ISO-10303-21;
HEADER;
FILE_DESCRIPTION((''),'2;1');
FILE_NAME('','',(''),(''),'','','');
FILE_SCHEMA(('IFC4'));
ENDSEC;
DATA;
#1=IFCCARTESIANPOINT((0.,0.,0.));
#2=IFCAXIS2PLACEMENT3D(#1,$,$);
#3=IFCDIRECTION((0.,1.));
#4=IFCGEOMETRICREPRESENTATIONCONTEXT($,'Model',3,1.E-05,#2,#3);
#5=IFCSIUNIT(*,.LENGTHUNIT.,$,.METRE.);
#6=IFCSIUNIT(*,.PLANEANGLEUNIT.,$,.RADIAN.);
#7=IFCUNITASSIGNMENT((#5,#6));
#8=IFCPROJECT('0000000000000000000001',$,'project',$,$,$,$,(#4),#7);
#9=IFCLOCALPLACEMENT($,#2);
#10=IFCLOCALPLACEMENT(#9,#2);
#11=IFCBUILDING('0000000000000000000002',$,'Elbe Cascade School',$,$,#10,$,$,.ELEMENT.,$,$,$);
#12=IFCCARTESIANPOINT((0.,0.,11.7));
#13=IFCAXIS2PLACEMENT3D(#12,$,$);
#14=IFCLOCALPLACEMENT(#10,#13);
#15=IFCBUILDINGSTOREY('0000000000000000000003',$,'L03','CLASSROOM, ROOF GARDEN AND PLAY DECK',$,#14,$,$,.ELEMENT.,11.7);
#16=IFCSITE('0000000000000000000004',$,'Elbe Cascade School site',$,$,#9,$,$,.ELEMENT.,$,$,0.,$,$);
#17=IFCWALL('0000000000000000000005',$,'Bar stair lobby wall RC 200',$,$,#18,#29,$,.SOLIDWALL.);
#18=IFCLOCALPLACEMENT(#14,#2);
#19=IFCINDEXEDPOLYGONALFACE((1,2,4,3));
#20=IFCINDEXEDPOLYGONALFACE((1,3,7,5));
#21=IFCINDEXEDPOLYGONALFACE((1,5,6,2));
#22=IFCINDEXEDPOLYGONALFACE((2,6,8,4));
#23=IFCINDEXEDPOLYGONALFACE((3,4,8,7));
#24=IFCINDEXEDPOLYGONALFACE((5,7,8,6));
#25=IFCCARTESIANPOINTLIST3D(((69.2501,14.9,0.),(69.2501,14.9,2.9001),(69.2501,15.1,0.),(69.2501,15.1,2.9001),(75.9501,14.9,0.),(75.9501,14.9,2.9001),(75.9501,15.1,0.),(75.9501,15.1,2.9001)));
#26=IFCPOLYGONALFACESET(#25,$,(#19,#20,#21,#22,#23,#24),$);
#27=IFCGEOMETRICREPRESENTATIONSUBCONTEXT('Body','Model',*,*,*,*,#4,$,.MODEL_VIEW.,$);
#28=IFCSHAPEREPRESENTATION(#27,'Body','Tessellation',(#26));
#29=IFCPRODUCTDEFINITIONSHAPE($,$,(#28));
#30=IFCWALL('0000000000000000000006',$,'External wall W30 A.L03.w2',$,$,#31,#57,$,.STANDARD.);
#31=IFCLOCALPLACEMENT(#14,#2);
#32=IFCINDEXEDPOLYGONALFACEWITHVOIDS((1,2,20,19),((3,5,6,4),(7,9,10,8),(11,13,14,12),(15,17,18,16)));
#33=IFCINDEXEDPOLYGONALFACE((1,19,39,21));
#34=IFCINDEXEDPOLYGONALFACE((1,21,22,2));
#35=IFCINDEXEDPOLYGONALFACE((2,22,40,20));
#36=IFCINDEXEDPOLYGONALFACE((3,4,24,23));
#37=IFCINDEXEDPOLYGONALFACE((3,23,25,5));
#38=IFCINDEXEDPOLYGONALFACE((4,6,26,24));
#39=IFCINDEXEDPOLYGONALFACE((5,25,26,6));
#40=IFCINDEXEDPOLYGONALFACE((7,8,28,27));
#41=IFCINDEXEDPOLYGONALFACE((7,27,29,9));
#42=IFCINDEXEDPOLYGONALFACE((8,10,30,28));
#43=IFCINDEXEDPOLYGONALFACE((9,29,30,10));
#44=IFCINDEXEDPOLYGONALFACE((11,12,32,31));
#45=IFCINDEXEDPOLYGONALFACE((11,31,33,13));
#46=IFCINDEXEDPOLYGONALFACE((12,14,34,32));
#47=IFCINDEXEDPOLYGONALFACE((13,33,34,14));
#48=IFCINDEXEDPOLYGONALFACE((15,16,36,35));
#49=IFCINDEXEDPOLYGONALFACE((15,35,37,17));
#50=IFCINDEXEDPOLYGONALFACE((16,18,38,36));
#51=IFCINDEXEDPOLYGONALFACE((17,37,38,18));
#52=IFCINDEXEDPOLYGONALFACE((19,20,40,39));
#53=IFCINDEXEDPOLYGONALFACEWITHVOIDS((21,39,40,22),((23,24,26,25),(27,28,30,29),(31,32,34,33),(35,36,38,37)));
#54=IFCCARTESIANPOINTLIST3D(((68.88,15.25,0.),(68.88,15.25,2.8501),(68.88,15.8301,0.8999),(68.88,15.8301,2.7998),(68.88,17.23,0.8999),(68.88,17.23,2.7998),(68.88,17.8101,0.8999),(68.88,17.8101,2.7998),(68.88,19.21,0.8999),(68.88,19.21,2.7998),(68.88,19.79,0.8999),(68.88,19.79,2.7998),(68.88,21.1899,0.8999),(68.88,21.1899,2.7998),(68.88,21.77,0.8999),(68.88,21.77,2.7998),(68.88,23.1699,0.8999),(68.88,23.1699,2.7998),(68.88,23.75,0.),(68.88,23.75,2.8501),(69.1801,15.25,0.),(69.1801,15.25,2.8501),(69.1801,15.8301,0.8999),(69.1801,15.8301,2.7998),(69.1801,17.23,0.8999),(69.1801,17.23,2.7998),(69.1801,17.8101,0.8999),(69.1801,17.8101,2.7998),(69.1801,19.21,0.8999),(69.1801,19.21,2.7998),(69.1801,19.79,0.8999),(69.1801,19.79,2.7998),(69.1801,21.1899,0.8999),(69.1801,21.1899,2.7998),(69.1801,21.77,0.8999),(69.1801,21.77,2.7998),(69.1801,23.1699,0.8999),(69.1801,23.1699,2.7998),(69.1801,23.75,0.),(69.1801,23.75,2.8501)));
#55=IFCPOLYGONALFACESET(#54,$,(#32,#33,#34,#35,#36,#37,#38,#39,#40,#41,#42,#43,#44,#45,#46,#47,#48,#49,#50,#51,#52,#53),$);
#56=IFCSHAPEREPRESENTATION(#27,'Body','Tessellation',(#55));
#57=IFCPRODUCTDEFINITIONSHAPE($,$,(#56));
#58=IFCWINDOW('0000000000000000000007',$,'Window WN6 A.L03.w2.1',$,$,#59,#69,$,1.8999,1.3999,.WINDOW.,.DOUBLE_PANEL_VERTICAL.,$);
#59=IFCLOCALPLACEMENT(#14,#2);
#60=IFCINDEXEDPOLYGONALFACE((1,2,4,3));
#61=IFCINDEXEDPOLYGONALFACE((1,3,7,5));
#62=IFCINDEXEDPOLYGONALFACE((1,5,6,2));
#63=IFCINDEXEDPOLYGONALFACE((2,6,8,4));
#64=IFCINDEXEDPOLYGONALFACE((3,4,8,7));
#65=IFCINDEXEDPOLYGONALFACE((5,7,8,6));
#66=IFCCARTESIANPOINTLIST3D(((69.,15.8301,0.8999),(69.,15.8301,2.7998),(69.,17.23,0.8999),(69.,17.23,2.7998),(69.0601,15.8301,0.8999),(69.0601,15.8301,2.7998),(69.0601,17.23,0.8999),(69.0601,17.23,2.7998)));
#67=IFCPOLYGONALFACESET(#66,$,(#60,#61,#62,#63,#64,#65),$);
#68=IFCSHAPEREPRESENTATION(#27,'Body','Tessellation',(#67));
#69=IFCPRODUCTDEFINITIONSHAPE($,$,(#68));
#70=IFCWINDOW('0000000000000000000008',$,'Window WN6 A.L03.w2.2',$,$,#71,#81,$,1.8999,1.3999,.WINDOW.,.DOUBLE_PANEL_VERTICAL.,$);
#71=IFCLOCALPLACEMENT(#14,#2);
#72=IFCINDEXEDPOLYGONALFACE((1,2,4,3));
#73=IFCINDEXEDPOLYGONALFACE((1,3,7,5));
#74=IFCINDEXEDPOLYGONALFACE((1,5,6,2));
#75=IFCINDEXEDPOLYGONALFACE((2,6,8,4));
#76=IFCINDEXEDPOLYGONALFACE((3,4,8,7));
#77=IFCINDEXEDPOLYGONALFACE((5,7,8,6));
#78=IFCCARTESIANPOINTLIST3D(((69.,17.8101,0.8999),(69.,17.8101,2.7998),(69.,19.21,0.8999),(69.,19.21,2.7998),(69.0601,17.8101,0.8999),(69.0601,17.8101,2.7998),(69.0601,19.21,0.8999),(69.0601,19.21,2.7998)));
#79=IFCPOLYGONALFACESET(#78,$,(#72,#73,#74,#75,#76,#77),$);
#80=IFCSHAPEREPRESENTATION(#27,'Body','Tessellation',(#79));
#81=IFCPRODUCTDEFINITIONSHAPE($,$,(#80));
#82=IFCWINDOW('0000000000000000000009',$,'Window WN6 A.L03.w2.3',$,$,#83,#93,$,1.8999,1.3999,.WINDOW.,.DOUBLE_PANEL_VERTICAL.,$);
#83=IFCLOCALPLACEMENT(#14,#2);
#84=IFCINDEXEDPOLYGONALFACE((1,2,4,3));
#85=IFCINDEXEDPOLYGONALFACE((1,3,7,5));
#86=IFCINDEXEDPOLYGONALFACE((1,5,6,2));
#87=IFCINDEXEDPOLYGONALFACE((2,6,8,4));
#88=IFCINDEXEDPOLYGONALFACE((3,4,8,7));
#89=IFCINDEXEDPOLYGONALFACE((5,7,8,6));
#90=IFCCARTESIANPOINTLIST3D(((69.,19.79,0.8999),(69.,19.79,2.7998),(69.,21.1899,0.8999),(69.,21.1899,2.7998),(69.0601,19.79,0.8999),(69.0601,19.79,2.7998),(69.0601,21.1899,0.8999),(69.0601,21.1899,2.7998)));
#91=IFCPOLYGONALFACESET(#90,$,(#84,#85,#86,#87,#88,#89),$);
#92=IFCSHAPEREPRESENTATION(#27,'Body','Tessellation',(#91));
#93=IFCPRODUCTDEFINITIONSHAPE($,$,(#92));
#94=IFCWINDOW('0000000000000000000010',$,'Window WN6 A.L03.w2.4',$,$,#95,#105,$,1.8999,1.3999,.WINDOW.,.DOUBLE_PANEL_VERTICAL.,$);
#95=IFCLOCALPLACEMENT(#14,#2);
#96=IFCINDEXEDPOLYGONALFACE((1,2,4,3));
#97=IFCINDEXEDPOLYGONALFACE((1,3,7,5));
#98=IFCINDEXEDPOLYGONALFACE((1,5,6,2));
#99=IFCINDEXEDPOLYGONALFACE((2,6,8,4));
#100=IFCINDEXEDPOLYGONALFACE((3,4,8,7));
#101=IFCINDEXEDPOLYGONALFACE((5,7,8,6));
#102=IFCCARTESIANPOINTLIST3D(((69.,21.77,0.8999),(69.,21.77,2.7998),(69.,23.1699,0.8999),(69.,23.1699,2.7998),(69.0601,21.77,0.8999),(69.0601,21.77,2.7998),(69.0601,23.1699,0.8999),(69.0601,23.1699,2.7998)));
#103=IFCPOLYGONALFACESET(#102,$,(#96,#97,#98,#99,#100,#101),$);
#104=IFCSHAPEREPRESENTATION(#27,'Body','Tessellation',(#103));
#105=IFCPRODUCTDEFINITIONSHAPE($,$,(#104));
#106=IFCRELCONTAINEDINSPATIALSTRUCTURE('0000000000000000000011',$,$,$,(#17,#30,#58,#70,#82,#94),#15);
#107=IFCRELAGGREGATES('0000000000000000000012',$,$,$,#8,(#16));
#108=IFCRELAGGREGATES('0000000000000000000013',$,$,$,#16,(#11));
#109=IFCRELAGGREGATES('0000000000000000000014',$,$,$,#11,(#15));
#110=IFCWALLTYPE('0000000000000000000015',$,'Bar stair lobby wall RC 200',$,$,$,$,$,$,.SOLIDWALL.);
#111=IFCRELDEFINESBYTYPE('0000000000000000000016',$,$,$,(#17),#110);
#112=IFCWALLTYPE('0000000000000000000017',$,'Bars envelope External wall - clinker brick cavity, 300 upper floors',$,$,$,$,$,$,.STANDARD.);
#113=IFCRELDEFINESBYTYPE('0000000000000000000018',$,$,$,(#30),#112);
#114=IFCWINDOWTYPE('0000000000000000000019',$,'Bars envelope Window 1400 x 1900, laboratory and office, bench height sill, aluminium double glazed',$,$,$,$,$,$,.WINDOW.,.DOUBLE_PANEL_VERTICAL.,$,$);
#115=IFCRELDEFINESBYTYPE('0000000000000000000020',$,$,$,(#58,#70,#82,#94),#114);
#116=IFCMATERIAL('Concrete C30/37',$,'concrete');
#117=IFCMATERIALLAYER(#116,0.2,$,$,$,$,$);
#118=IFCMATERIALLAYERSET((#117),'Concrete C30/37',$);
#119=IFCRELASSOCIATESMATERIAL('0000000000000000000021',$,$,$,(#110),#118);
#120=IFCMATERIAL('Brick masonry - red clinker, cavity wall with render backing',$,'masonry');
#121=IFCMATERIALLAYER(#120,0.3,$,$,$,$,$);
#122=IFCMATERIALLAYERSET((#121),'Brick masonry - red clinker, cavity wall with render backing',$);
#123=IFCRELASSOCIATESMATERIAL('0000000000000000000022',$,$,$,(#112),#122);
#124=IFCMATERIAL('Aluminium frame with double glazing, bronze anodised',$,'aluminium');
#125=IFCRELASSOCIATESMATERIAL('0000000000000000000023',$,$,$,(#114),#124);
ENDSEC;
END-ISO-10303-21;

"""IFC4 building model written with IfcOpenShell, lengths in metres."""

from ifc_helpers import new_model, si_unit, direction, frame, frame_2d, origin, place, context, subcontext, project, spatial, rectangle, extrude, material, layer, layer_set, type_object, element, fill, save


model = new_model("IFC4")

# Units and contexts
model_context = context("Model", 3, precision=1e-05, world=origin(), true_north=direction((0.0, 1.0)))
body_context = subcontext(model_context, "Body", "Model", "MODEL_VIEW")
ifc_project = project(units=[si_unit("LENGTHUNIT", "METRE"), si_unit("PLANEANGLEUNIT", "RADIAN")], contexts=[model_context])

# Site, building, storey
site_placement = place(None, origin())
site = spatial("IfcSite", under=ifc_project, at=site_placement, Name="Elbe Cascade School site", CompositionType="ELEMENT", RefElevation=0.0)
building_placement = place(site_placement, origin())
building = spatial("IfcBuilding", under=site, at=building_placement, Name="Elbe Cascade School", CompositionType="ELEMENT")
storey_placement = place(building_placement, frame((0.0, 0.0, 11.7)))
storey = spatial("IfcBuildingStorey", under=building, at=storey_placement, Name="L03", Description="CLASSROOM, ROOF GARDEN AND PLAY DECK", CompositionType="ELEMENT", Elevation=11.7)

# Wall
ifc_material_1 = material(Name="Concrete C30/37", Category="concrete")
ifc_layer_1 = layer(ifc_material_1, 0.2)
ifc_layer_set_1 = layer_set([ifc_layer_1], Name="Concrete C30/37")
wall_type_1 = type_object("IfcWallType", Name="Bar stair lobby wall RC 200", PredefinedType="SOLIDWALL", material=ifc_layer_set_1)
wall_1_placement = place(storey_placement, frame((69.25, 15.0, 0.0), z_axis=(0.0, 0.0, 1.0), x_axis=(1.0, 0.0, 0.0)))
element("IfcWall", 1, at=wall_1_placement, inside=storey, type_object=wall_type_1, Name="Bar stair lobby wall RC 200", PredefinedType="SOLIDWALL", context=body_context, shape_type="SweptSolid", body=[
    extrude(rectangle(XDim=6.7, YDim=0.2, at=frame_2d((3.3501, 0.0))), origin(), (0.0, 0.0, 1.0), 2.9001),
])

# Wall, openings, windows
ifc_material_2 = material(Name="Brick masonry - red clinker, cavity wall with render backing", Category="masonry")
ifc_layer_2 = layer(ifc_material_2, 0.3)
ifc_layer_set_2 = layer_set([ifc_layer_2], Name="Brick masonry - red clinker, cavity wall with render backing")
wall_type_2 = type_object("IfcWallType", Name="Bars envelope External wall - clinker brick cavity, 300 upper floors", PredefinedType="STANDARD", material=ifc_layer_set_2)
wall_2_placement = place(storey_placement, frame((69.03, 15.25, 0.0), z_axis=(0.0, 0.0, 1.0), x_axis=(0.0, 1.0, 0.0)))
wall_2 = element("IfcWall", 2, at=wall_2_placement, inside=storey, type_object=wall_type_2, Name="External wall W30 A.L03.w2", PredefinedType="STANDARD", context=body_context, shape_type="SweptSolid", body=[
    extrude(rectangle(XDim=8.5, YDim=0.3, at=frame_2d((4.25, 0.0))), origin(), (0.0, 0.0, 1.0), 2.8501),
])
opening_1_placement = place(wall_2_placement, frame((0.5801, 0.0, 0.8999)))
opening_1 = element("IfcOpeningElement", 3, at=opening_1_placement, cuts=wall_2, PredefinedType="OPENING", context=body_context, shape_type="SweptSolid", body=[
    extrude(rectangle(XDim=1.3999, YDim=1.8999, at=frame_2d((0.7, 0.95))), frame((0.0, 0.1599, 0.0), z_axis=(0.0, -1.0, 0.0), x_axis=(1.0, 0.0, 0.0)), (0.0, 0.0, 1.0), 0.3201),
])
opening_2_placement = place(wall_2_placement, frame((2.5601, 0.0, 0.8999)))
opening_2 = element("IfcOpeningElement", 4, at=opening_2_placement, cuts=wall_2, PredefinedType="OPENING", context=body_context, shape_type="SweptSolid", body=[
    extrude(rectangle(XDim=1.3999, YDim=1.8999, at=frame_2d((0.7, 0.95))), frame((0.0, 0.1599, 0.0), z_axis=(0.0, -1.0, 0.0), x_axis=(1.0, 0.0, 0.0)), (0.0, 0.0, 1.0), 0.3201),
])
opening_3_placement = place(wall_2_placement, frame((4.54, 0.0, 0.8999)))
opening_3 = element("IfcOpeningElement", 5, at=opening_3_placement, cuts=wall_2, PredefinedType="OPENING", context=body_context, shape_type="SweptSolid", body=[
    extrude(rectangle(XDim=1.3999, YDim=1.8999, at=frame_2d((0.7, 0.95))), frame((0.0, 0.1599, 0.0), z_axis=(0.0, -1.0, 0.0), x_axis=(1.0, 0.0, 0.0)), (0.0, 0.0, 1.0), 0.3201),
])
opening_4_placement = place(wall_2_placement, frame((6.52, 0.0, 0.8999)))
opening_4 = element("IfcOpeningElement", 6, at=opening_4_placement, cuts=wall_2, PredefinedType="OPENING", context=body_context, shape_type="SweptSolid", body=[
    extrude(rectangle(XDim=1.3999, YDim=1.8999, at=frame_2d((0.7, 0.95))), frame((0.0, 0.1599, 0.0), z_axis=(0.0, -1.0, 0.0), x_axis=(1.0, 0.0, 0.0)), (0.0, 0.0, 1.0), 0.3201),
])
ifc_material_3 = material(Name="Aluminium frame with double glazing, bronze anodised", Category="aluminium")
window_type = type_object("IfcWindowType", Name="Bars envelope Window 1400 x 1900, laboratory and office, bench height sill, aluminium double glazed", PartitioningType="DOUBLE_PANEL_VERTICAL", PredefinedType="WINDOW", material=ifc_material_3)
window_1_placement = place(opening_1_placement, origin())
window_1 = element("IfcWindow", 7, at=window_1_placement, inside=storey, type_object=window_type, Name="Window WN6 A.L03.w2.1", OverallHeight=1.8999, OverallWidth=1.3999, PartitioningType="DOUBLE_PANEL_VERTICAL", PredefinedType="WINDOW", context=body_context, shape_type="SweptSolid", body=[
    extrude(rectangle(XDim=1.3999, YDim=1.8999, at=frame_2d((0.7, 0.95))), frame((0.0, 0.03, 0.0), z_axis=(0.0, -1.0, 0.0), x_axis=(1.0, 0.0, 0.0)), (0.0, 0.0, 1.0), 0.0601),
])
fill(opening_1, window_1)
window_2_placement = place(opening_2_placement, origin())
window_2 = element("IfcWindow", 8, at=window_2_placement, inside=storey, type_object=window_type, Name="Window WN6 A.L03.w2.2", OverallHeight=1.8999, OverallWidth=1.3999, PartitioningType="DOUBLE_PANEL_VERTICAL", PredefinedType="WINDOW", context=body_context, shape_type="SweptSolid", body=[
    extrude(rectangle(XDim=1.3999, YDim=1.8999, at=frame_2d((0.7, 0.95))), frame((0.0, 0.03, 0.0), z_axis=(0.0, -1.0, 0.0), x_axis=(1.0, 0.0, 0.0)), (0.0, 0.0, 1.0), 0.0601),
])
fill(opening_2, window_2)
window_3_placement = place(opening_3_placement, origin())
window_3 = element("IfcWindow", 9, at=window_3_placement, inside=storey, type_object=window_type, Name="Window WN6 A.L03.w2.3", OverallHeight=1.8999, OverallWidth=1.3999, PartitioningType="DOUBLE_PANEL_VERTICAL", PredefinedType="WINDOW", context=body_context, shape_type="SweptSolid", body=[
    extrude(rectangle(XDim=1.3999, YDim=1.8999, at=frame_2d((0.7, 0.95))), frame((0.0, 0.03, 0.0), z_axis=(0.0, -1.0, 0.0), x_axis=(1.0, 0.0, 0.0)), (0.0, 0.0, 1.0), 0.0601),
])
fill(opening_3, window_3)
window_4_placement = place(opening_4_placement, origin())
window_4 = element("IfcWindow", 10, at=window_4_placement, inside=storey, type_object=window_type, Name="Window WN6 A.L03.w2.4", OverallHeight=1.8999, OverallWidth=1.3999, PartitioningType="DOUBLE_PANEL_VERTICAL", PredefinedType="WINDOW", context=body_context, shape_type="SweptSolid", body=[
    extrude(rectangle(XDim=1.3999, YDim=1.8999, at=frame_2d((0.7, 0.95))), frame((0.0, 0.03, 0.0), z_axis=(0.0, -1.0, 0.0), x_axis=(1.0, 0.0, 0.0)), (0.0, 0.0, 1.0), 0.0601),
])
fill(opening_4, window_4)

save(model, "model.ifc")
